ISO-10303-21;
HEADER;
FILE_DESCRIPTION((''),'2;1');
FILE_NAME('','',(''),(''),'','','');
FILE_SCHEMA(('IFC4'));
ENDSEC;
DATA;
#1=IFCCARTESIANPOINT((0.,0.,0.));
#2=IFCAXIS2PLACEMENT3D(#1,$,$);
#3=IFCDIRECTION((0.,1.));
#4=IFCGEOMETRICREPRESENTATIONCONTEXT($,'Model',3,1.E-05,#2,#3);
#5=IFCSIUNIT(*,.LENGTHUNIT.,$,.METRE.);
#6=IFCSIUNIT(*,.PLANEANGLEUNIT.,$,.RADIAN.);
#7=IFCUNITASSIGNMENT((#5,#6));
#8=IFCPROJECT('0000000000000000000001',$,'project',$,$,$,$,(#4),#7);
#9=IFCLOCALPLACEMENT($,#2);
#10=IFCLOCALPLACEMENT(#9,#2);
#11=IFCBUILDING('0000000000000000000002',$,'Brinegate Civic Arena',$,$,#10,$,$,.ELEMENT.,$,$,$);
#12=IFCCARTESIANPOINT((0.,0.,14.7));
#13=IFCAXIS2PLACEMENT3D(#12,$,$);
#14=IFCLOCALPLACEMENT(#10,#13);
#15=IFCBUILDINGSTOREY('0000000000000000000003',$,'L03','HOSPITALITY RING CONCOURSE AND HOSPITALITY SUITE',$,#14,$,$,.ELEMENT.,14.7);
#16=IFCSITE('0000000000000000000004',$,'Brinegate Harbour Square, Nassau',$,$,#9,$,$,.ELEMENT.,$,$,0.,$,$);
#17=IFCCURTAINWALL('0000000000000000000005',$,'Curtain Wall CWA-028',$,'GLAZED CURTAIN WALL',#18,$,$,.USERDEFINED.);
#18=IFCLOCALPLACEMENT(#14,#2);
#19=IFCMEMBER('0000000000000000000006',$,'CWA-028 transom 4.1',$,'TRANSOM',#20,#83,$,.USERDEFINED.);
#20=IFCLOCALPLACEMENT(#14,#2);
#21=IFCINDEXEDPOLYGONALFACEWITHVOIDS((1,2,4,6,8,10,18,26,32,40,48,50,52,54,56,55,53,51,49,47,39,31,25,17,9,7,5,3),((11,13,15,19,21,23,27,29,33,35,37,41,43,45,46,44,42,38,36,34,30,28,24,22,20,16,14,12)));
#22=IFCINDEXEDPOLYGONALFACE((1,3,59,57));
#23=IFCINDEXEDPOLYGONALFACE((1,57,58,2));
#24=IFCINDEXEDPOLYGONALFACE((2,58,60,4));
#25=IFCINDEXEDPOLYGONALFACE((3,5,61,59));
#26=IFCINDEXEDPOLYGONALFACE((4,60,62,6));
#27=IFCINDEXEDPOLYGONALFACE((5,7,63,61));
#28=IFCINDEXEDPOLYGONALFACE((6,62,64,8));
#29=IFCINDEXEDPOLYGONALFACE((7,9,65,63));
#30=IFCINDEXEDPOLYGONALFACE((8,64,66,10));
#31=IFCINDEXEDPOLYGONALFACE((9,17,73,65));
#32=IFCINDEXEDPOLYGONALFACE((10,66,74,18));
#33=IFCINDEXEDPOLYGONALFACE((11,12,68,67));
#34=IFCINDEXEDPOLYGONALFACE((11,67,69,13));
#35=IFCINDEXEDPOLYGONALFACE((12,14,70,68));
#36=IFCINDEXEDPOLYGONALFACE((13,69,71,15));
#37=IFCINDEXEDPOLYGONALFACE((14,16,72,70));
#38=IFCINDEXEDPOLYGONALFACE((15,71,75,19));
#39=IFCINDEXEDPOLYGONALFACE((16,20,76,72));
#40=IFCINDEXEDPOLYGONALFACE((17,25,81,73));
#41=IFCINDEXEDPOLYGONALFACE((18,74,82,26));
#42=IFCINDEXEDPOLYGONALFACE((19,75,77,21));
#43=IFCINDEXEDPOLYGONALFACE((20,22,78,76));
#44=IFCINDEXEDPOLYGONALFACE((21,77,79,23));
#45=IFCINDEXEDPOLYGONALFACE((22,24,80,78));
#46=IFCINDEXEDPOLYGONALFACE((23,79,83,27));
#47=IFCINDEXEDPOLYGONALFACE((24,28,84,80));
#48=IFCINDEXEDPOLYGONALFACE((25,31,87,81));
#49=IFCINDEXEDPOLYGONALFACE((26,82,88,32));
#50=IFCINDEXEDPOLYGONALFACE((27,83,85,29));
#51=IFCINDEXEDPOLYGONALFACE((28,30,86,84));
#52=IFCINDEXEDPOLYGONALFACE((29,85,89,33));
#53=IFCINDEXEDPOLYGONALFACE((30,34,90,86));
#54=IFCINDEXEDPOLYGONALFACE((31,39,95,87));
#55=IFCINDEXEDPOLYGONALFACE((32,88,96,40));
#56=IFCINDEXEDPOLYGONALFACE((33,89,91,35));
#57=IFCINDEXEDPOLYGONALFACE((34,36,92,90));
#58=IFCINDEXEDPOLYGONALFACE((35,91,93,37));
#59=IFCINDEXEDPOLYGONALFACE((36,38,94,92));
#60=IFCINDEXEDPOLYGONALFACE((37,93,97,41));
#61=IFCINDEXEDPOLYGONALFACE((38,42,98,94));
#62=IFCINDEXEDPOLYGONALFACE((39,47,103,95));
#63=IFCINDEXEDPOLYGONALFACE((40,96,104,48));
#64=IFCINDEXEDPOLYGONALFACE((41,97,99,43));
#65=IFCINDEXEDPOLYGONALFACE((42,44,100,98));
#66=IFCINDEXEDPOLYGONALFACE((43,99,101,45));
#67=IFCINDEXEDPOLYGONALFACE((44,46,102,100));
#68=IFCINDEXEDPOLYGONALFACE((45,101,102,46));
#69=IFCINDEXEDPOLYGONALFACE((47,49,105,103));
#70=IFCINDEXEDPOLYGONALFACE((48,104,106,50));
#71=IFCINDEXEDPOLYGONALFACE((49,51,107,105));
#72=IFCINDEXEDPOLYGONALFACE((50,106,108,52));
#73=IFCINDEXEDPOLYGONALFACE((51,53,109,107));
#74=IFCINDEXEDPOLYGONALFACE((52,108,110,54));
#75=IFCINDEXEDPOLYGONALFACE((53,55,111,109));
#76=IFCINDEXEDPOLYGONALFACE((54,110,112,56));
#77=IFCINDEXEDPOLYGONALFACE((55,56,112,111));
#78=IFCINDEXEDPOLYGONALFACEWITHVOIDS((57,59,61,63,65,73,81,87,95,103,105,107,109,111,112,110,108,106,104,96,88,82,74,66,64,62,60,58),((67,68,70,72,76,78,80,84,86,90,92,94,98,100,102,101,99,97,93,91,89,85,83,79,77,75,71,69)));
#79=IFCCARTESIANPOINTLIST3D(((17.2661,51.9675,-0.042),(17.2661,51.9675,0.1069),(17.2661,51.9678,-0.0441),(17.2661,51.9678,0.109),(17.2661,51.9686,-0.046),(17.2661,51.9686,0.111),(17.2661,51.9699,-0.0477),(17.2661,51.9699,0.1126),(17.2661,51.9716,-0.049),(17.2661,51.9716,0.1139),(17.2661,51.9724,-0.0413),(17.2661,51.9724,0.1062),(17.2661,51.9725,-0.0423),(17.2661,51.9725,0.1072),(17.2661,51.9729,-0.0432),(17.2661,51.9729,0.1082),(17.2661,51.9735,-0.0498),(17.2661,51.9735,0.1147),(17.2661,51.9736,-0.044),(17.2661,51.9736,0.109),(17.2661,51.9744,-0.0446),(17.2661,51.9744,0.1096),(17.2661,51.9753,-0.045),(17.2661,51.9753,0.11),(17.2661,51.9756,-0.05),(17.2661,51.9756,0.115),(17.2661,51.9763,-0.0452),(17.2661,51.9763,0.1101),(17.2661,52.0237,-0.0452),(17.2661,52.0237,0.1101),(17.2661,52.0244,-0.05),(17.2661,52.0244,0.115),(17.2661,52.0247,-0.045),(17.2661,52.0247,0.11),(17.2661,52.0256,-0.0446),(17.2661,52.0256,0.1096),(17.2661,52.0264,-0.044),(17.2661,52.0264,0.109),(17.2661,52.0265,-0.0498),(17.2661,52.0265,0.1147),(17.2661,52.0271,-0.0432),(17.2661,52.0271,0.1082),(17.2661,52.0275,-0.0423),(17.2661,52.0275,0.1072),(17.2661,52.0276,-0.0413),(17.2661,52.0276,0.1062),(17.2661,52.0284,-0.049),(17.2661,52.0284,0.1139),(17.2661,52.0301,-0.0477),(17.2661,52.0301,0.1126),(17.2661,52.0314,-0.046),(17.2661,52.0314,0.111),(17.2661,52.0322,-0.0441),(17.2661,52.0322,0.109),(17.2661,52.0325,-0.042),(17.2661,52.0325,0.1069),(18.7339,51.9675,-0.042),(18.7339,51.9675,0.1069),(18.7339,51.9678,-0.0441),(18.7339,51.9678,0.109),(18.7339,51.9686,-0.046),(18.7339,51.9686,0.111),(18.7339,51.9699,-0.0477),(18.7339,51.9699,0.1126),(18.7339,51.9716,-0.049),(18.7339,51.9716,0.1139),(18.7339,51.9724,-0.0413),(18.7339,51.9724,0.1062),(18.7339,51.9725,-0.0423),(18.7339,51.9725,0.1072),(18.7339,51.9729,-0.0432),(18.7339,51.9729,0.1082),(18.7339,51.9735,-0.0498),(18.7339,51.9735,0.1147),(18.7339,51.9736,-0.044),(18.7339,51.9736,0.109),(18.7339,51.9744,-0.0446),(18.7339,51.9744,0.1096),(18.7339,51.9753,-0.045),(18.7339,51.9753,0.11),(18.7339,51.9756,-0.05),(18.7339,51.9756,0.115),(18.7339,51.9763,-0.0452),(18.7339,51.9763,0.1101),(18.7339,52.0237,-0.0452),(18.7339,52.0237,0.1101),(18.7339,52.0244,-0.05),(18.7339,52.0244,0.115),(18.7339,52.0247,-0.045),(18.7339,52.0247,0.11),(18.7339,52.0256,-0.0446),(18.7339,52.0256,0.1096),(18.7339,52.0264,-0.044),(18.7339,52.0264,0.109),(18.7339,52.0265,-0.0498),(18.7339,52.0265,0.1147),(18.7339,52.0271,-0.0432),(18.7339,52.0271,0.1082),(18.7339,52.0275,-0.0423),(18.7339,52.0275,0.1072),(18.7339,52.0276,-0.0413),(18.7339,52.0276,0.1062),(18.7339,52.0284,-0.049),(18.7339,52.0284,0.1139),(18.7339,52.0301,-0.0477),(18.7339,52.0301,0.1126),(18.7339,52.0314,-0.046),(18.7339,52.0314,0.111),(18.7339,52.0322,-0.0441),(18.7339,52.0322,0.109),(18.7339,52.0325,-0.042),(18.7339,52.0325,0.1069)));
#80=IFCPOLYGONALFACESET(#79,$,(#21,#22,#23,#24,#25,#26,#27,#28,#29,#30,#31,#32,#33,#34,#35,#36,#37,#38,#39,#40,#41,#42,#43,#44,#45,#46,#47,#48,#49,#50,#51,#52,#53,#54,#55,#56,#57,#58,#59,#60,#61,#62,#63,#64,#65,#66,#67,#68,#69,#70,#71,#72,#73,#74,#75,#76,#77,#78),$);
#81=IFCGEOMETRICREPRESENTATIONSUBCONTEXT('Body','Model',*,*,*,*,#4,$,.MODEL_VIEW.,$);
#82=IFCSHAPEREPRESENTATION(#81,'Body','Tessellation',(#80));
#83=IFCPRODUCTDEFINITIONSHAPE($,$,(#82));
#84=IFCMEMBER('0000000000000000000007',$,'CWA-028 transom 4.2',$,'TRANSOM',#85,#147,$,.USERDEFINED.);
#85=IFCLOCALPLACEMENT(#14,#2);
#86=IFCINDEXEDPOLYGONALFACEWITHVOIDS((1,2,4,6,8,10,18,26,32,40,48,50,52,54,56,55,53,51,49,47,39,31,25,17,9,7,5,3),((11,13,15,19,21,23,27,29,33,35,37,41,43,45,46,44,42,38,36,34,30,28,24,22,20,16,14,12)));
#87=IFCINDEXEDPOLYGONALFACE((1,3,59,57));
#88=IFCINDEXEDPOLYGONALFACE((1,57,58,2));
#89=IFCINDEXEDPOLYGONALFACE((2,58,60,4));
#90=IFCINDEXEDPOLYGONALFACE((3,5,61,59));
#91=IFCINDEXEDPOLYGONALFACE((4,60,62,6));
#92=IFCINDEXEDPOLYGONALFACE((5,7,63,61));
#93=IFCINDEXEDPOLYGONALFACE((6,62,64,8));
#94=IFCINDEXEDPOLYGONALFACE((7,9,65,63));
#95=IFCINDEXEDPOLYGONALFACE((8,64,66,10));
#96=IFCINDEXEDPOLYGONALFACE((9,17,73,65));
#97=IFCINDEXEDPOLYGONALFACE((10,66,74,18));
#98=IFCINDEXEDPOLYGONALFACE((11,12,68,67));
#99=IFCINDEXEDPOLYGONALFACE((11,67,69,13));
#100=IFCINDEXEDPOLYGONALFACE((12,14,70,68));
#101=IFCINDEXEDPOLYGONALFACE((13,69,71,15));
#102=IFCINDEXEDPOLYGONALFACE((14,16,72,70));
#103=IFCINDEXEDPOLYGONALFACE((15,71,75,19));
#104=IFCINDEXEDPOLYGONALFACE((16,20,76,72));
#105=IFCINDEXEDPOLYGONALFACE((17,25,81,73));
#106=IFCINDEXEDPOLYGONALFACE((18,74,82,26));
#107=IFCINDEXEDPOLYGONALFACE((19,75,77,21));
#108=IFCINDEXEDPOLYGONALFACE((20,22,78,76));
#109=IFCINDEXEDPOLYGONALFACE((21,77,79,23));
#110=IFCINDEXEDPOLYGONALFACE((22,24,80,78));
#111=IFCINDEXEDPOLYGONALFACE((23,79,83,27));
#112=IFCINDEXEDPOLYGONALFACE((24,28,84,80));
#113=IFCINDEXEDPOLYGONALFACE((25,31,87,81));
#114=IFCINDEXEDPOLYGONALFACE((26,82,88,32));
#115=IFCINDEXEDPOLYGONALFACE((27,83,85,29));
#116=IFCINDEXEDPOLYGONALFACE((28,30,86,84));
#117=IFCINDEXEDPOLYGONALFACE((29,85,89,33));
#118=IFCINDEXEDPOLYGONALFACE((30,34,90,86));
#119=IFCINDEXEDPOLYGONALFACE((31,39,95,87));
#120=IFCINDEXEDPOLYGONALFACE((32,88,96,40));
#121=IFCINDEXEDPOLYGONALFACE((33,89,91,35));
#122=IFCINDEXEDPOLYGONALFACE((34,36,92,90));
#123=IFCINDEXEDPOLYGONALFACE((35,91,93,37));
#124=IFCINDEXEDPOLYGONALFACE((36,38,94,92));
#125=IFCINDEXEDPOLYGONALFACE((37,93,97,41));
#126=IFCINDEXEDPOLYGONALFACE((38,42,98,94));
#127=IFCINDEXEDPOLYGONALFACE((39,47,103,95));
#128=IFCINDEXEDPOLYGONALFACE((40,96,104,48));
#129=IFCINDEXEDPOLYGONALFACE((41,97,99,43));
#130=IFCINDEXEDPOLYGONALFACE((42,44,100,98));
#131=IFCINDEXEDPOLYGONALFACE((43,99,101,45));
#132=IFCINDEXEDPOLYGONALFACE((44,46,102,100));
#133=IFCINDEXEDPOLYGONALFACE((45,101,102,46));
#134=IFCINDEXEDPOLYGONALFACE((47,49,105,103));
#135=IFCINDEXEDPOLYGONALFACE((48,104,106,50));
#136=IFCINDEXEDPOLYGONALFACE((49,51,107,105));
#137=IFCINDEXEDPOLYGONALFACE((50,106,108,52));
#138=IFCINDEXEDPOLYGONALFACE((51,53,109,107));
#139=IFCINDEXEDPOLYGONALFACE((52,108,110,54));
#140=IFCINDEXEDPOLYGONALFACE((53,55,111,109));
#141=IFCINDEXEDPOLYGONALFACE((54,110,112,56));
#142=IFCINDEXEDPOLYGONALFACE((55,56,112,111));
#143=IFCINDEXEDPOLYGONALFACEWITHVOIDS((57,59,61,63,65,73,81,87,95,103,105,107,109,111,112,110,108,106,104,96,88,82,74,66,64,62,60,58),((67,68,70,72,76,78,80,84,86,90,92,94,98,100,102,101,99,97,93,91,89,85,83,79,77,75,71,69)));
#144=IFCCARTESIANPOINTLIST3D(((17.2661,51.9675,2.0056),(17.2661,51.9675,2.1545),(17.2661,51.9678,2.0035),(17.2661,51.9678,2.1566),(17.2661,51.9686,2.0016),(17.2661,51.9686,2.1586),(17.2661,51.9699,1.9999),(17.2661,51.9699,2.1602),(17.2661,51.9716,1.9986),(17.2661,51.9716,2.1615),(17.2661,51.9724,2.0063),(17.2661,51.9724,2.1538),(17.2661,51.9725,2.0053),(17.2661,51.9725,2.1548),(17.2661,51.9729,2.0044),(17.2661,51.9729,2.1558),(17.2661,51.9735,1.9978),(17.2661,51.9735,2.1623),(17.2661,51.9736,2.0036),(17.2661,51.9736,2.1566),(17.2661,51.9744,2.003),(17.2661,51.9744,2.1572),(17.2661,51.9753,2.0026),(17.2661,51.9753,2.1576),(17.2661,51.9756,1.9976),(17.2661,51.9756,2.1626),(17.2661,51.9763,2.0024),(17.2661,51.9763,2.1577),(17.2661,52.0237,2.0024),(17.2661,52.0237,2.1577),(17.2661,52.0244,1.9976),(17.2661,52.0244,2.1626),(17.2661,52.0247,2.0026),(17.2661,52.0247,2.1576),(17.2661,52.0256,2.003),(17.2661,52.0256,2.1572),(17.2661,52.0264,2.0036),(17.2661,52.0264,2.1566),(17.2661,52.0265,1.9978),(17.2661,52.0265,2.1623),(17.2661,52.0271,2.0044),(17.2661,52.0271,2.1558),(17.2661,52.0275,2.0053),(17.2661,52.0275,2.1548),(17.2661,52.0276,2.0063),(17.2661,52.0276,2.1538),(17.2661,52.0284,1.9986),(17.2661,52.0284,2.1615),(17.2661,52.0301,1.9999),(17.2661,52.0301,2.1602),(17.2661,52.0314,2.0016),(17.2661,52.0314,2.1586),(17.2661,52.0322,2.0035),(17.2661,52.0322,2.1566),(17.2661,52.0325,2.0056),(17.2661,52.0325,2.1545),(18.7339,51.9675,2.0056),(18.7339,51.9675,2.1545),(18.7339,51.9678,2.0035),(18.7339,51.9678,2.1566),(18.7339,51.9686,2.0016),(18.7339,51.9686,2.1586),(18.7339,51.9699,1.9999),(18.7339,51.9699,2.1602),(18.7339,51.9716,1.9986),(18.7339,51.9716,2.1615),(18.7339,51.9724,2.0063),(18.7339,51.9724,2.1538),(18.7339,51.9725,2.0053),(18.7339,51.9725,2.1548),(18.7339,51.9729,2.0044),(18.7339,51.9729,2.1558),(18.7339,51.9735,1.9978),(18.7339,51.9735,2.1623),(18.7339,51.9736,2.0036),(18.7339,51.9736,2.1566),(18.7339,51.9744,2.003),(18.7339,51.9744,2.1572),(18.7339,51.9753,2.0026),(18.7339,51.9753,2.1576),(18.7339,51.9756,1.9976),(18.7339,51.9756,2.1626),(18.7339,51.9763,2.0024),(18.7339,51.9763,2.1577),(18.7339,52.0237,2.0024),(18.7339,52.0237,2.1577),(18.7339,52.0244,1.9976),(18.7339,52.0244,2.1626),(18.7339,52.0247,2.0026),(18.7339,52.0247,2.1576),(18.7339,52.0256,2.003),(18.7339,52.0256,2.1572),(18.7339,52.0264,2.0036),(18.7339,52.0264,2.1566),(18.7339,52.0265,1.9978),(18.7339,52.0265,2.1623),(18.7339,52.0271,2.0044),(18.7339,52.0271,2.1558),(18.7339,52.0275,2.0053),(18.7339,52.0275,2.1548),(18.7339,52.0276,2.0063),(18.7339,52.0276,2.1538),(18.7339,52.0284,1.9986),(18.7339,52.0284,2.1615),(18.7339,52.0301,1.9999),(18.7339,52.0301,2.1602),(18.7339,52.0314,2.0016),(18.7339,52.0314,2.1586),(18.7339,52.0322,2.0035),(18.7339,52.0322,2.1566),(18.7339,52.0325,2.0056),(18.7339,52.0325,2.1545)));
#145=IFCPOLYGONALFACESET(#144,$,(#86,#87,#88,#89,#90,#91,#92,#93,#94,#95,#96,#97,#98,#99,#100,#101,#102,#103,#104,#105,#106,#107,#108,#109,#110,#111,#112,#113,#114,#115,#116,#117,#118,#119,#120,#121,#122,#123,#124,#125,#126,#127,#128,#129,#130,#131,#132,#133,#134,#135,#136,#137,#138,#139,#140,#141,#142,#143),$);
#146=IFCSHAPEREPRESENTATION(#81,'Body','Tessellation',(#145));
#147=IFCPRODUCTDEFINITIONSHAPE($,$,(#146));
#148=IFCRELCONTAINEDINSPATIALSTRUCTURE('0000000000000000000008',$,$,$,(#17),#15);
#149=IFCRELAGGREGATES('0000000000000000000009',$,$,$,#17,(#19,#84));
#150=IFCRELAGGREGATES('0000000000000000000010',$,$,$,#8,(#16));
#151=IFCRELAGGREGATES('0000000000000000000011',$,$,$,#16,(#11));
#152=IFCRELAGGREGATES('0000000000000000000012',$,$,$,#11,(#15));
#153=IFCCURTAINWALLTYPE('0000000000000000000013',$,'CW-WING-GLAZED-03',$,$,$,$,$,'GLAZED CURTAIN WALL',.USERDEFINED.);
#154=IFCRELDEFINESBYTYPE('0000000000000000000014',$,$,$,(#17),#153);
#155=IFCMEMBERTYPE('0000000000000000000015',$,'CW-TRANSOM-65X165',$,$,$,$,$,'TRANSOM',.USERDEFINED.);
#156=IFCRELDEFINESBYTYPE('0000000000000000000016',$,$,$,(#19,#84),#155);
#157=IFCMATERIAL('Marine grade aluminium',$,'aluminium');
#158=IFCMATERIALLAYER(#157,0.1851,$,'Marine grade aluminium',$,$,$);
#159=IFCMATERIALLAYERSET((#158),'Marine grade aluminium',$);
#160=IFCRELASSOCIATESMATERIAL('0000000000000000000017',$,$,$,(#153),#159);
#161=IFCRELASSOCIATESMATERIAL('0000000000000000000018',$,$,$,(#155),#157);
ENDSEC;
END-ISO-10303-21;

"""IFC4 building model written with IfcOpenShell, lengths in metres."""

from ifc_helpers import new_model, si_unit, direction, frame, origin, origin_2d, place, context, subcontext, project, spatial, hollow_rectangle, extrude, material, layer, layer_set, material_profile, profile_set, type_object, element, aggregate, save


model = new_model("IFC4")

# Units and contexts
model_context = context("Model", 3, precision=1e-05, world=origin(), true_north=direction((0.0, 1.0)))
body_context = subcontext(model_context, "Body", "Model", "MODEL_VIEW")
ifc_project = project(units=[si_unit("LENGTHUNIT", "METRE"), si_unit("PLANEANGLEUNIT", "RADIAN")], contexts=[model_context])

# Site, building, storey
site_placement = place(None, origin())
site = spatial("IfcSite", under=ifc_project, at=site_placement, Name="Brinegate Harbour Square, Nassau", CompositionType="ELEMENT", RefElevation=0.0)
building_placement = place(site_placement, origin())
building = spatial("IfcBuilding", under=site, at=building_placement, Name="Brinegate Civic Arena", CompositionType="ELEMENT")
storey_placement = place(building_placement, frame((0.0, 0.0, 14.7)))
storey = spatial("IfcBuildingStorey", under=building, at=storey_placement, Name="L03", Description="HOSPITALITY RING CONCOURSE AND HOSPITALITY SUITE", CompositionType="ELEMENT", Elevation=14.7)

# Curtain wall, members
ifc_material_1 = material(Name="Marine grade aluminium", Category="aluminium")
ifc_layer_1 = layer(ifc_material_1, 0.1851, Name="Marine grade aluminium")
ifc_layer_set_1 = layer_set([ifc_layer_1], Name="Marine grade aluminium")
curtain_wall_type = type_object("IfcCurtainWallType", Name="CW-WING-GLAZED-03", ElementType="GLAZED CURTAIN WALL", PredefinedType="USERDEFINED", material=ifc_layer_set_1)
curtain_wall_placement = place(storey_placement, origin())
curtain_wall = element("IfcCurtainWall", 1, at=curtain_wall_placement, inside=storey, type_object=curtain_wall_type, Name="Curtain Wall CWA-028", ObjectType="GLAZED CURTAIN WALL", PredefinedType="USERDEFINED")
ifc_material_profile_1 = material_profile(ifc_material_1, hollow_rectangle(XDim=0.0649, YDim=0.165, WallThickness=0.0049, InnerFilletRadius=0.0039, OuterFilletRadius=0.0081, at=origin_2d()), Name="TRN65X165")
ifc_profile_set_1 = profile_set([ifc_material_profile_1], Name="Marine grade aluminium")
member_type_1 = type_object("IfcMemberType", Name="CW-TRANSOM-65X165", ElementType="TRANSOM", PredefinedType="USERDEFINED", material=ifc_profile_set_1)
member_1_placement = place(storey_placement, frame((17.2661, 52.0, 0.0325), z_axis=(1.0, 0.0, 0.0), x_axis=(0.0, 1.0, 0.0)))
member_1 = element("IfcMember", 2, at=member_1_placement, type_object=member_type_1, Name="CWA-028 transom 4.1", ObjectType="TRANSOM", PredefinedType="USERDEFINED", context=body_context, shape_type="SweptSolid", body=[
    extrude(hollow_rectangle(XDim=0.0649, YDim=0.165, WallThickness=0.0049, InnerFilletRadius=0.0039, OuterFilletRadius=0.0081, at=origin_2d()), origin(), (0.0, 0.0, 1.0), 1.4678),
])
member_2_placement = place(storey_placement, frame((17.2661, 52.0, 2.0801), z_axis=(1.0, 0.0, 0.0), x_axis=(0.0, 1.0, 0.0)))
member_2 = element("IfcMember", 3, at=member_2_placement, type_object=member_type_1, Name="CWA-028 transom 4.2", ObjectType="TRANSOM", PredefinedType="USERDEFINED", context=body_context, shape_type="SweptSolid", body=[
    extrude(hollow_rectangle(XDim=0.0649, YDim=0.165, WallThickness=0.0049, InnerFilletRadius=0.0039, OuterFilletRadius=0.0081, at=origin_2d()), origin(), (0.0, 0.0, 1.0), 1.4678),
])

aggregate(curtain_wall, [member_1, member_2])

save(model, "model.ifc")
